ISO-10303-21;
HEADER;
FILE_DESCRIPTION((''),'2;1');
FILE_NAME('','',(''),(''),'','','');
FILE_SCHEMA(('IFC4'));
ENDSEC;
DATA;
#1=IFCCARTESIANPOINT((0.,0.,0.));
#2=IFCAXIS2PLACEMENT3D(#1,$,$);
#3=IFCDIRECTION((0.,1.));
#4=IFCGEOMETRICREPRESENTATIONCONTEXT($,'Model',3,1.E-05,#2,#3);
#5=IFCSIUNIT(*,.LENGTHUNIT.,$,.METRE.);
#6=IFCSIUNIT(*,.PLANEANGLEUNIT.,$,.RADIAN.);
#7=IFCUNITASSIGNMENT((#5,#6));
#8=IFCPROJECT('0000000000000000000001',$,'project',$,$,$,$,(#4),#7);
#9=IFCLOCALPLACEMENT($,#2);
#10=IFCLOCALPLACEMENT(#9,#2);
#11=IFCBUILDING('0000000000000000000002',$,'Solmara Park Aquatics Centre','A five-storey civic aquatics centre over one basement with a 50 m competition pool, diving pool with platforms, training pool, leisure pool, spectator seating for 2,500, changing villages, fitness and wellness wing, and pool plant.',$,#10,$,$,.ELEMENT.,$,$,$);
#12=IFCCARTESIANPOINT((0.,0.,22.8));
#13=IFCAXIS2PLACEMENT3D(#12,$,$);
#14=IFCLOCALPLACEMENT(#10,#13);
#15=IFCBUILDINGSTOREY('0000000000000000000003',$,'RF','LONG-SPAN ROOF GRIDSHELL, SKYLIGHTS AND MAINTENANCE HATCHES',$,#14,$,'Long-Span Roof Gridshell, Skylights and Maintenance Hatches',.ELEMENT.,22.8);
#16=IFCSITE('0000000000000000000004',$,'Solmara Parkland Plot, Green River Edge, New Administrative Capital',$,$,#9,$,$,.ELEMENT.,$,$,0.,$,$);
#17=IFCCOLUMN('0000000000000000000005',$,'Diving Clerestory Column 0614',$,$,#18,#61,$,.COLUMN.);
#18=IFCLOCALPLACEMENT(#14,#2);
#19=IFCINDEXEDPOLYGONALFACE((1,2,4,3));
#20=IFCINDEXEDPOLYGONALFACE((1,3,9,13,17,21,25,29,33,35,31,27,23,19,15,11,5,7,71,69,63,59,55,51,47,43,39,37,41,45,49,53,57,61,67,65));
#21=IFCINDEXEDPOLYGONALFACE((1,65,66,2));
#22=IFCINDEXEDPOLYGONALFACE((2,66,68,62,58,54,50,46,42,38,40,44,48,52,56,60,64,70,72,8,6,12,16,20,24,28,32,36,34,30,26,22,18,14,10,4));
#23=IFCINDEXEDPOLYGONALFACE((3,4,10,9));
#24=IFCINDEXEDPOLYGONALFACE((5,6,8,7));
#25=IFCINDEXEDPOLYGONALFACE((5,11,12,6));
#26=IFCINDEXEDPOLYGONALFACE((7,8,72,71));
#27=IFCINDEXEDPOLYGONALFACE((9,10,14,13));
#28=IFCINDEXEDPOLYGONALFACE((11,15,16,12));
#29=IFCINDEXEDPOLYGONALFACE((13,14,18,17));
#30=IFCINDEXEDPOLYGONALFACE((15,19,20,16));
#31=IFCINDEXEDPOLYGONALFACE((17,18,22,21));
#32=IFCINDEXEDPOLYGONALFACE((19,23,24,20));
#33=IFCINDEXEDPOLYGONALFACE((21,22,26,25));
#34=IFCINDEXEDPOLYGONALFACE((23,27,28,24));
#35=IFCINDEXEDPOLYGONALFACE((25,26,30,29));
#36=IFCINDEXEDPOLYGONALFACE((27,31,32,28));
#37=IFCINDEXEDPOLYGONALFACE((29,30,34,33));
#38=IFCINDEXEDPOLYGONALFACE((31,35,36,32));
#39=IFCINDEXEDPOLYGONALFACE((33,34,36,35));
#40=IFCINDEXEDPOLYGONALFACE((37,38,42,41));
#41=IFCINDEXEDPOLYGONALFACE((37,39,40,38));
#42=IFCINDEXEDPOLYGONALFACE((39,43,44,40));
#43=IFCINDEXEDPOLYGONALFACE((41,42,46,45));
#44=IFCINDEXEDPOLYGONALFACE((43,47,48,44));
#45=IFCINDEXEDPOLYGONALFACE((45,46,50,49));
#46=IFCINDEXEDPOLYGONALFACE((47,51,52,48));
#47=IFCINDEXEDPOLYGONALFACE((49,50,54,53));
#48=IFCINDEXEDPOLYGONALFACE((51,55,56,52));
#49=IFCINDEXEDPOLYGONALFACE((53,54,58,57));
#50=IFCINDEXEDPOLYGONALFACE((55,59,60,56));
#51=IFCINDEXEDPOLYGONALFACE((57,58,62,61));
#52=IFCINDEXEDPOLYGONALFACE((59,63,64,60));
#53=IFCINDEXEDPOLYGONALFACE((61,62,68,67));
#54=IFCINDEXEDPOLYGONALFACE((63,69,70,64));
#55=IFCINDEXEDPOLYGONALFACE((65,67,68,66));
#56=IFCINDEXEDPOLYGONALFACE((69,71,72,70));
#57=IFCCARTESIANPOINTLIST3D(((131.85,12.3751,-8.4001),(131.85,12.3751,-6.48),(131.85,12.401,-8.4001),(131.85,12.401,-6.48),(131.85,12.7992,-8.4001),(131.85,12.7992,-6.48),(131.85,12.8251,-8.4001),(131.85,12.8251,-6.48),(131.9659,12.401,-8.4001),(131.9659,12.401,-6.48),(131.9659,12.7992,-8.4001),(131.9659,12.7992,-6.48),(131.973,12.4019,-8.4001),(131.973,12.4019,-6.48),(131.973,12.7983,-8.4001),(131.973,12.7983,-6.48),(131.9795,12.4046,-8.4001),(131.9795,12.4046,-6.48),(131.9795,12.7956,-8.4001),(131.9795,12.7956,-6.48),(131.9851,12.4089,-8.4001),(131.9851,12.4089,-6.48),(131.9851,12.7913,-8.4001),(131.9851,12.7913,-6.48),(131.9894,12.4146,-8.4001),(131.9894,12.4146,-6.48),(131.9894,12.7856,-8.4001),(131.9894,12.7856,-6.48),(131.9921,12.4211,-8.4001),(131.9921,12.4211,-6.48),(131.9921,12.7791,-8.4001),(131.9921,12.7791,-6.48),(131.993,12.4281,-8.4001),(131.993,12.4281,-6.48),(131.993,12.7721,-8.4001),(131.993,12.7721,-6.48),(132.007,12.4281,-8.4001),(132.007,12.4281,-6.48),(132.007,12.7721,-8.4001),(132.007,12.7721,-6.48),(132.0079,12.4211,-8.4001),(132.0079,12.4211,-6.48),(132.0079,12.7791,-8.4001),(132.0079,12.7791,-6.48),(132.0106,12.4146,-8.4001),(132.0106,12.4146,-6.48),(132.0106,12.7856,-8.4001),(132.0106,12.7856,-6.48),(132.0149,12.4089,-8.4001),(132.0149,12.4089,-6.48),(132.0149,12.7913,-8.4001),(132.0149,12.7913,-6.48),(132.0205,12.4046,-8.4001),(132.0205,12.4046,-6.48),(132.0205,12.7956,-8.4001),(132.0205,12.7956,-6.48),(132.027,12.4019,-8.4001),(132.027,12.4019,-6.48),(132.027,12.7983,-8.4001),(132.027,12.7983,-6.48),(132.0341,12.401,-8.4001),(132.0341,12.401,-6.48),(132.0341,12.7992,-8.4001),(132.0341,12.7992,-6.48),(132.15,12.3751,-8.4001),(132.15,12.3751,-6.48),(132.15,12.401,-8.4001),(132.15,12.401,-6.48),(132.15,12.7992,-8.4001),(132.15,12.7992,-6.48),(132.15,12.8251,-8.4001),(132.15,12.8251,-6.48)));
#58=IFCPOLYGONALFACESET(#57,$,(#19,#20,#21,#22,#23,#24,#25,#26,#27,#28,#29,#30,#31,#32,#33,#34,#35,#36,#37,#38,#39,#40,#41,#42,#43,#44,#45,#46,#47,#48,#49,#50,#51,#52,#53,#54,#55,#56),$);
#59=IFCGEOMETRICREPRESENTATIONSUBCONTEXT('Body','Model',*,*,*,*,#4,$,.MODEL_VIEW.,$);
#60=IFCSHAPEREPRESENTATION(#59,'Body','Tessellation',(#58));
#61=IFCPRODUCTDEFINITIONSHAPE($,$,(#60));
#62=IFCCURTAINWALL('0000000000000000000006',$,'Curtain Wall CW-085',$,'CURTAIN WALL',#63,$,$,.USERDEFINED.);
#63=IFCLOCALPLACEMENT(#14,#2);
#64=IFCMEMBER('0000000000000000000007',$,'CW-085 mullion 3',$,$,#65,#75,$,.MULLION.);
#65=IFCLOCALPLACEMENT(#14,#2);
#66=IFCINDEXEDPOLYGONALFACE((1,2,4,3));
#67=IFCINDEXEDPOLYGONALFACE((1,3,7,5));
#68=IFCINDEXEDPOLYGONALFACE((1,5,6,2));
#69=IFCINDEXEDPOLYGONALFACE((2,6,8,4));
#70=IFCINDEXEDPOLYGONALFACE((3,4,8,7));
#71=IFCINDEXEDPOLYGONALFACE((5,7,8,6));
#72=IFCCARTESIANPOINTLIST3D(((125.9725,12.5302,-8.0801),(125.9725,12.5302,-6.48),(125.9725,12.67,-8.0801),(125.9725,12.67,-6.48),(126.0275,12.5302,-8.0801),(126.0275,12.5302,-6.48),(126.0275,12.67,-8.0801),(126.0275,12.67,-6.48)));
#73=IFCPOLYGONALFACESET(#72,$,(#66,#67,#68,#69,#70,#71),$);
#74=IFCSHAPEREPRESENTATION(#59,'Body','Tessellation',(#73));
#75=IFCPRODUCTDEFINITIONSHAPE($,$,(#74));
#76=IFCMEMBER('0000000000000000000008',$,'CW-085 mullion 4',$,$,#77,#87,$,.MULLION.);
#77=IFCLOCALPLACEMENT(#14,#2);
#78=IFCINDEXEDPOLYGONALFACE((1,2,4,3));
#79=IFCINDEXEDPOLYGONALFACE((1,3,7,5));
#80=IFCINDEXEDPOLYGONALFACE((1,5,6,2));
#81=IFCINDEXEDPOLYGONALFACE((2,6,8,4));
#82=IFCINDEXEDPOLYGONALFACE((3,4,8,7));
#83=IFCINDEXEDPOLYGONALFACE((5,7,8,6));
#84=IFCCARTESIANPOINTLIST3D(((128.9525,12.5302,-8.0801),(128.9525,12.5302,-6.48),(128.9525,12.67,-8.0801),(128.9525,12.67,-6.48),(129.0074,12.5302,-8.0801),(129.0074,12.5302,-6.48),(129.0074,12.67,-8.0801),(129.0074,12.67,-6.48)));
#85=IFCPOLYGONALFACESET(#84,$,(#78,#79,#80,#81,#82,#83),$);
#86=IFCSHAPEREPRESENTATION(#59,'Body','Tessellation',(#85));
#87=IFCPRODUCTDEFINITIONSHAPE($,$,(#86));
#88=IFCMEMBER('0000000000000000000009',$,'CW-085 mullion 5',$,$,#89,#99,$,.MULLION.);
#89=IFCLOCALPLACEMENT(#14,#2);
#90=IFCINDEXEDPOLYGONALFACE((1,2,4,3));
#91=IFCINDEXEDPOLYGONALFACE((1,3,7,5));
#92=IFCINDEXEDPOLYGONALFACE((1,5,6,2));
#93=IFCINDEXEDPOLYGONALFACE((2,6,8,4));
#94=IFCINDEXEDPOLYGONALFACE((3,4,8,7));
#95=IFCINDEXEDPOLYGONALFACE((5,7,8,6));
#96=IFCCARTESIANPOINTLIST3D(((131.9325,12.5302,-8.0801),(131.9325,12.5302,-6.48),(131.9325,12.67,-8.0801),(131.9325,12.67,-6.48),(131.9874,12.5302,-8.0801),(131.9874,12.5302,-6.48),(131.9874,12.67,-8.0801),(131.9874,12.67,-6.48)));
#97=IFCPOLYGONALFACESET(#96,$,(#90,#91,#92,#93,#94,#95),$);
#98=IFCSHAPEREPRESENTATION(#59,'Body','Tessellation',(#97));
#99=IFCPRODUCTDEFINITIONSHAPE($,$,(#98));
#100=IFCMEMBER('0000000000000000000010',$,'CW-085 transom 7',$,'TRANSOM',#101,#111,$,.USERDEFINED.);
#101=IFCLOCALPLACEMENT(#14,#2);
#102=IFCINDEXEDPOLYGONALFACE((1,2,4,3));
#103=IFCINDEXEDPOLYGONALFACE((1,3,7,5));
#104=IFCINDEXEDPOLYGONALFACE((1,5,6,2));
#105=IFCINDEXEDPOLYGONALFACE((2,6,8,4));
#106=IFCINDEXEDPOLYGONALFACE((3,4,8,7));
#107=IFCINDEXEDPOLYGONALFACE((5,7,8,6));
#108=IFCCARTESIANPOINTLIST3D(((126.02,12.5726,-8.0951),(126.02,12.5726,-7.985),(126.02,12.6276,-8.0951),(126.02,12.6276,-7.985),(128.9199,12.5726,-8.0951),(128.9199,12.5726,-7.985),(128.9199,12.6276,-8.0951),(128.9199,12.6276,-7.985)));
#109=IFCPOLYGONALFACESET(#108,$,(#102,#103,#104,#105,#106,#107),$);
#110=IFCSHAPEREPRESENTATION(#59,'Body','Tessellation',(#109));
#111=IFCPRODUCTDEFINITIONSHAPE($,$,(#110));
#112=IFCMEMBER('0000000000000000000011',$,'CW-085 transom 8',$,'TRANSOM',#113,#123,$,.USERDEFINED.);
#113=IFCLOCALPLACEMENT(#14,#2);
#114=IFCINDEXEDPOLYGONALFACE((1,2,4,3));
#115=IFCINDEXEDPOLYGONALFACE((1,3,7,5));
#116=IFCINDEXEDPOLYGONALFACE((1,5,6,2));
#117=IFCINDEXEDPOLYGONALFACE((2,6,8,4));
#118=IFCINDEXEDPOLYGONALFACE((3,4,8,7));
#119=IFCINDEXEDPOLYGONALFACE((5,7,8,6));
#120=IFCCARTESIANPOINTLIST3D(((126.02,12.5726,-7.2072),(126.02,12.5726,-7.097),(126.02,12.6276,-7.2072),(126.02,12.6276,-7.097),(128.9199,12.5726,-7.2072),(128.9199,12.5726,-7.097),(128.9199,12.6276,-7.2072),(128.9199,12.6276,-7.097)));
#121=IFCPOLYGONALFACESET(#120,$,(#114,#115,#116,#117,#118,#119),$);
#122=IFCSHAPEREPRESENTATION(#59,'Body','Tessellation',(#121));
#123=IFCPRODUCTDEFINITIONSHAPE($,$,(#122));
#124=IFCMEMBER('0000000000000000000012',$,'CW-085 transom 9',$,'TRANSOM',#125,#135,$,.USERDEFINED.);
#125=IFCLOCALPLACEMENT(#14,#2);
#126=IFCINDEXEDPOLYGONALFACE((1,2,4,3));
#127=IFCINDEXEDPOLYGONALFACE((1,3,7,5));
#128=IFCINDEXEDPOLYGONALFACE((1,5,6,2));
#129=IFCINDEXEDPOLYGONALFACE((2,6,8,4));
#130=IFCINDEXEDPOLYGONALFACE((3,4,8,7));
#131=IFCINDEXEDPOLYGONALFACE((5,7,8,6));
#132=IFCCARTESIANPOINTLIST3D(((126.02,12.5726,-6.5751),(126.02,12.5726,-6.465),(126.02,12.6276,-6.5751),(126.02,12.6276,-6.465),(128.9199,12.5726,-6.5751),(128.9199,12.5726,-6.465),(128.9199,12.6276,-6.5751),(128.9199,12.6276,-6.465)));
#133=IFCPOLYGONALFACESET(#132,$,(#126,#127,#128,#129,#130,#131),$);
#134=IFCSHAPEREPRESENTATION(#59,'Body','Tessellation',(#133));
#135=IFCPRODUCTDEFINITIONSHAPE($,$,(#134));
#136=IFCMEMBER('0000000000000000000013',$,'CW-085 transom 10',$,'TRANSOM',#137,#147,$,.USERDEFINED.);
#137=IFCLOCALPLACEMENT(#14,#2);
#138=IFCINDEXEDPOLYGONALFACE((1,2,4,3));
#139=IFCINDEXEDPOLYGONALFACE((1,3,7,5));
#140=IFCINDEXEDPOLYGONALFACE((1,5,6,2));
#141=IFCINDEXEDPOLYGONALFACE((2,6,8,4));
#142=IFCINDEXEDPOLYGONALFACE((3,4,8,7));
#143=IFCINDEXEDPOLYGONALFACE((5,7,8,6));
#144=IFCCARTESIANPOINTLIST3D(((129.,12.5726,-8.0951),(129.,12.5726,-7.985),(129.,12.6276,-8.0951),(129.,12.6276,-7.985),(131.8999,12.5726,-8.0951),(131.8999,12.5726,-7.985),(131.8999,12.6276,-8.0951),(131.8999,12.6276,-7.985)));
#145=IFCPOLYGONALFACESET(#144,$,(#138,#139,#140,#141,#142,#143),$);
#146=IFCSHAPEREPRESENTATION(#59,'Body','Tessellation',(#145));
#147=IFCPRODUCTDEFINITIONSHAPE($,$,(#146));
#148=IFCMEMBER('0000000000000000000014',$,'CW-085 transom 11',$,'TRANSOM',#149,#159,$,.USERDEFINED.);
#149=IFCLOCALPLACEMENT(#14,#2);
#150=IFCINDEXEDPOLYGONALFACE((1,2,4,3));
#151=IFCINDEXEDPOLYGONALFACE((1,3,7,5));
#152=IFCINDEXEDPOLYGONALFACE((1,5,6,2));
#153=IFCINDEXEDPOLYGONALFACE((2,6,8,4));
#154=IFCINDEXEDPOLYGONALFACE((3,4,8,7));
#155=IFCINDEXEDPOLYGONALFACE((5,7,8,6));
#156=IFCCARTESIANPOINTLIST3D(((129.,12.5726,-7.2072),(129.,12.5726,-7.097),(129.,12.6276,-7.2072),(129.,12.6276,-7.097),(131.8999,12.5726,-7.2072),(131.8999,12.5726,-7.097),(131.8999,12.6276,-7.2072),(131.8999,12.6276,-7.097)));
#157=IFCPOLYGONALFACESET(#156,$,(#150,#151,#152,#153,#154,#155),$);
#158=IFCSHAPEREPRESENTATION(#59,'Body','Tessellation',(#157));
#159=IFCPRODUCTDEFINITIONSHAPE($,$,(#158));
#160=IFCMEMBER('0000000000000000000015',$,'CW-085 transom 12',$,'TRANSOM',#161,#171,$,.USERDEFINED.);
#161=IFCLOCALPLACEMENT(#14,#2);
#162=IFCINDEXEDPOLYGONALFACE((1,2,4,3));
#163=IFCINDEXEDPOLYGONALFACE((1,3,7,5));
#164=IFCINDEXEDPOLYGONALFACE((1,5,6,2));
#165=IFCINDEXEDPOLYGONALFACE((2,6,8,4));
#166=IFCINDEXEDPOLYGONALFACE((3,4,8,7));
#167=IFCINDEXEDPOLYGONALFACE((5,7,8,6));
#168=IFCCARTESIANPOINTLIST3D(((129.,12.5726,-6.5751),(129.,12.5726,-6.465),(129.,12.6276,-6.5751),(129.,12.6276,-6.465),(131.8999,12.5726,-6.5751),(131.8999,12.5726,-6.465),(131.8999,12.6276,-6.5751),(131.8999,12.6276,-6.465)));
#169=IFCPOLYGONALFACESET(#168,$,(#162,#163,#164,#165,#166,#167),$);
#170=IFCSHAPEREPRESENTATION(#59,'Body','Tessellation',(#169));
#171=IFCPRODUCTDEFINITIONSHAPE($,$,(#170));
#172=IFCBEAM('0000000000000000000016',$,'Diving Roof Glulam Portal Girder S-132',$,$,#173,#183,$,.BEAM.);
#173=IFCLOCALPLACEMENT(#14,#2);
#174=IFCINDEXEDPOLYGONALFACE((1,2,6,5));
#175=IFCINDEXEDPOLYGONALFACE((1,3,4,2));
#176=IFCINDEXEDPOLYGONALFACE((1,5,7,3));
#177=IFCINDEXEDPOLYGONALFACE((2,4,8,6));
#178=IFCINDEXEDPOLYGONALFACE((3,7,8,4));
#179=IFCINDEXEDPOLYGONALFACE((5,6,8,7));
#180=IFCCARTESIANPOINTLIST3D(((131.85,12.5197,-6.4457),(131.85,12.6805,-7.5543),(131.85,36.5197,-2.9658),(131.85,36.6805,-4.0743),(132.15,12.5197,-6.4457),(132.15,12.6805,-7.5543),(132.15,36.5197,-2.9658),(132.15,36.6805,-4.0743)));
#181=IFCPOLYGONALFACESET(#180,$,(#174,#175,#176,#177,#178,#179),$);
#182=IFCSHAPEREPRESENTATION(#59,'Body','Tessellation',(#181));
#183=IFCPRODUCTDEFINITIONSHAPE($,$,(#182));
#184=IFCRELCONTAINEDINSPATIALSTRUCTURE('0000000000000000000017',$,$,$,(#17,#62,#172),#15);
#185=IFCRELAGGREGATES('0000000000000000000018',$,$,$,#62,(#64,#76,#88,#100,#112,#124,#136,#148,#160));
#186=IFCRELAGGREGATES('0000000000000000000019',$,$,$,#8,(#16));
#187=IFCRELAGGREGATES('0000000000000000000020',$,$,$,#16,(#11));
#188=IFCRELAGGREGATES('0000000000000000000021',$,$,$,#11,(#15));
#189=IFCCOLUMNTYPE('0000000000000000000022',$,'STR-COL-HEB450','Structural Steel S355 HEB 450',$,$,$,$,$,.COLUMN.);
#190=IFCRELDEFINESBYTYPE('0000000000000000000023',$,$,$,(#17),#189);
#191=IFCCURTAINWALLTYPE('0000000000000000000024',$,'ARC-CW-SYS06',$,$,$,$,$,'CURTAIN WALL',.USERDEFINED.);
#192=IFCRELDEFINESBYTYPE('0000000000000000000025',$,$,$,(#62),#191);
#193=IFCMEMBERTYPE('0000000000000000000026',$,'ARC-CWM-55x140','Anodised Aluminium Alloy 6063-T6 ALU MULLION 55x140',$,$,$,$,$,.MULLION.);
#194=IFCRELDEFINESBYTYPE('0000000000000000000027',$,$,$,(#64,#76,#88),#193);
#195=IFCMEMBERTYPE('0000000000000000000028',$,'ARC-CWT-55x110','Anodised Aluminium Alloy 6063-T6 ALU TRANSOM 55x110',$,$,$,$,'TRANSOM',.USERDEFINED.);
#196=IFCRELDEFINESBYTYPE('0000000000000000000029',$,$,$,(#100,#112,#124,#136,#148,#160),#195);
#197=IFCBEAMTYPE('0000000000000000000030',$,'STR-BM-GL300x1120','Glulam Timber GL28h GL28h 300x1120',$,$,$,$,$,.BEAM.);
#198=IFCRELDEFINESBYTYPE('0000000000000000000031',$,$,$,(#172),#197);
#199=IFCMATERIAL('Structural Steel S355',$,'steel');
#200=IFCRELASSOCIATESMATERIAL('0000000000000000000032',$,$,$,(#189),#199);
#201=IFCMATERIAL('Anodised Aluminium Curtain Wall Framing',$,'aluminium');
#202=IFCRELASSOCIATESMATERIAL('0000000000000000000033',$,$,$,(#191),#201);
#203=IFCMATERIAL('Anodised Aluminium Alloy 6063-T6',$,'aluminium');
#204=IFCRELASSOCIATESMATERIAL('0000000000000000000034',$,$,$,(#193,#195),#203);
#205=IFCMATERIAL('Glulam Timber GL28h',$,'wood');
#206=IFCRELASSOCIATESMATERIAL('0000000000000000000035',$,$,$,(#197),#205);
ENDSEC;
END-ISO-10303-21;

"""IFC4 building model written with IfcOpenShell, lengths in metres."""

from ifc_helpers import new_model, si_unit, direction, frame, origin, origin_2d, place, context, subcontext, project, spatial, rectangle, i_section, extrude, material, material_profile, profile_set, type_object, element, aggregate, save


model = new_model("IFC4")

# Units and contexts
model_context = context("Model", 3, precision=1e-05, world=origin(), true_north=direction((0.0, 1.0)))
body_context = subcontext(model_context, "Body", "Model", "MODEL_VIEW")
ifc_project = project(units=[si_unit("LENGTHUNIT", "METRE"), si_unit("PLANEANGLEUNIT", "RADIAN")], contexts=[model_context])

# Site, building, storey
site_placement = place(None, origin())
site = spatial("IfcSite", under=ifc_project, at=site_placement, Name="Solmara Parkland Plot, Green River Edge, New Administrative Capital", CompositionType="ELEMENT", RefElevation=0.0)
building_placement = place(site_placement, origin())
building = spatial("IfcBuilding", under=site, at=building_placement, Name="Solmara Park Aquatics Centre", Description="A five-storey civic aquatics centre over one basement with a 50 m competition pool, diving pool with platforms, training pool, leisure pool, spectator seating for 2,500, changing villages, fitness and wellness wing, and pool plant.", CompositionType="ELEMENT")
storey_placement = place(building_placement, frame((0.0, 0.0, 22.8)))
storey = spatial("IfcBuildingStorey", under=building, at=storey_placement, Name="RF", Description="LONG-SPAN ROOF GRIDSHELL, SKYLIGHTS AND MAINTENANCE HATCHES", LongName="Long-Span Roof Gridshell, Skylights and Maintenance Hatches", CompositionType="ELEMENT", Elevation=22.8)

# Column
ifc_material_1 = material(Name="Structural Steel S355", Category="steel")
ifc_material_profile_1 = material_profile(ifc_material_1, i_section(OverallWidth=0.3, OverallDepth=0.45, WebThickness=0.0139, FlangeThickness=0.0259, FilletRadius=0.0271, at=origin_2d()), Name="HEB 450")
ifc_profile_set_1 = profile_set([ifc_material_profile_1], Name="Structural Steel S355")
column_type = type_object("IfcColumnType", Name="STR-COL-HEB450", Description="Structural Steel S355 HEB 450", PredefinedType="COLUMN", material=ifc_profile_set_1)
column_placement = place(storey_placement, frame((132.0, 12.6001, -8.4001), z_axis=(0.0, 0.0, 1.0), x_axis=(1.0, 0.0, 0.0)))
element("IfcColumn", 1, at=column_placement, inside=storey, type_object=column_type, Name="Diving Clerestory Column 0614", PredefinedType="COLUMN", context=body_context, shape_type="SweptSolid", body=[
    extrude(i_section(OverallWidth=0.3, OverallDepth=0.45, WebThickness=0.0139, FlangeThickness=0.0259, FilletRadius=0.0271, at=origin_2d()), origin(), (0.0, 0.0, 1.0), 1.9202),
])

# Curtain wall, members
ifc_material_2 = material(Name="Anodised Aluminium Curtain Wall Framing", Category="aluminium")
curtain_wall_type = type_object("IfcCurtainWallType", Name="ARC-CW-SYS06", ElementType="CURTAIN WALL", PredefinedType="USERDEFINED", material=ifc_material_2)
curtain_wall_placement = place(storey_placement, origin())
curtain_wall = element("IfcCurtainWall", 2, at=curtain_wall_placement, inside=storey, type_object=curtain_wall_type, Name="Curtain Wall CW-085", ObjectType="CURTAIN WALL", PredefinedType="USERDEFINED")
ifc_material_3 = material(Name="Anodised Aluminium Alloy 6063-T6", Category="aluminium")
ifc_material_profile_2 = material_profile(ifc_material_3, rectangle(XDim=0.0549, YDim=0.1399, at=origin_2d()), Name="ALU MULLION 55x140")
ifc_profile_set_2 = profile_set([ifc_material_profile_2], Name="Anodised Aluminium Alloy 6063-T6")
member_type_1 = type_object("IfcMemberType", Name="ARC-CWM-55x140", Description="Anodised Aluminium Alloy 6063-T6 ALU MULLION 55x140", PredefinedType="MULLION", material=ifc_profile_set_2)
member_1_placement = place(storey_placement, frame((126.0, 12.6001, -8.0801), z_axis=(0.0, 0.0, 1.0), x_axis=(1.0, 0.0, 0.0)))
member_1 = element("IfcMember", 3, at=member_1_placement, type_object=member_type_1, Name="CW-085 mullion 3", PredefinedType="MULLION", context=body_context, shape_type="SweptSolid", body=[
    extrude(rectangle(XDim=0.0549, YDim=0.1399, at=origin_2d()), origin(), (0.0, 0.0, 1.0), 1.6001),
])
member_2_placement = place(storey_placement, frame((128.98, 12.6001, -8.0801), z_axis=(0.0, 0.0, 1.0), x_axis=(1.0, 0.0, 0.0)))
member_2 = element("IfcMember", 4, at=member_2_placement, type_object=member_type_1, Name="CW-085 mullion 4", PredefinedType="MULLION", context=body_context, shape_type="SweptSolid", body=[
    extrude(rectangle(XDim=0.0549, YDim=0.1399, at=origin_2d()), origin(), (0.0, 0.0, 1.0), 1.6001),
])
member_3_placement = place(storey_placement, frame((131.96, 12.6001, -8.0801), z_axis=(0.0, 0.0, 1.0), x_axis=(1.0, 0.0, 0.0)))
member_3 = element("IfcMember", 5, at=member_3_placement, type_object=member_type_1, Name="CW-085 mullion 5", PredefinedType="MULLION", context=body_context, shape_type="SweptSolid", body=[
    extrude(rectangle(XDim=0.0549, YDim=0.1399, at=origin_2d()), origin(), (0.0, 0.0, 1.0), 1.6001),
])
ifc_material_profile_3 = material_profile(ifc_material_3, rectangle(XDim=0.0549, YDim=0.1101, at=origin_2d()), Name="ALU TRANSOM 55x110")
ifc_profile_set_3 = profile_set([ifc_material_profile_3], Name="Anodised Aluminium Alloy 6063-T6")
member_type_2 = type_object("IfcMemberType", Name="ARC-CWT-55x110", Description="Anodised Aluminium Alloy 6063-T6 ALU TRANSOM 55x110", ElementType="TRANSOM", PredefinedType="USERDEFINED", material=ifc_profile_set_3)
member_4_placement = place(storey_placement, frame((126.02, 12.6001, -8.04), z_axis=(1.0, 0.0, 0.0), x_axis=(0.0, 1.0, 0.0)))
member_4 = element("IfcMember", 6, at=member_4_placement, type_object=member_type_2, Name="CW-085 transom 7", ObjectType="TRANSOM", PredefinedType="USERDEFINED", context=body_context, shape_type="SweptSolid", body=[
    extrude(rectangle(XDim=0.0549, YDim=0.1101, at=origin_2d()), origin(), (0.0, 0.0, 1.0), 2.8999),
])
member_5_placement = place(storey_placement, frame((126.02, 12.6001, -7.1521), z_axis=(1.0, 0.0, 0.0), x_axis=(0.0, 1.0, 0.0)))
member_5 = element("IfcMember", 7, at=member_5_placement, type_object=member_type_2, Name="CW-085 transom 8", ObjectType="TRANSOM", PredefinedType="USERDEFINED", context=body_context, shape_type="SweptSolid", body=[
    extrude(rectangle(XDim=0.0549, YDim=0.1101, at=origin_2d()), origin(), (0.0, 0.0, 1.0), 2.8999),
])
member_6_placement = place(storey_placement, frame((126.02, 12.6001, -6.52), z_axis=(1.0, 0.0, 0.0), x_axis=(0.0, 1.0, 0.0)))
member_6 = element("IfcMember", 8, at=member_6_placement, type_object=member_type_2, Name="CW-085 transom 9", ObjectType="TRANSOM", PredefinedType="USERDEFINED", context=body_context, shape_type="SweptSolid", body=[
    extrude(rectangle(XDim=0.0549, YDim=0.1101, at=origin_2d()), origin(), (0.0, 0.0, 1.0), 2.8999),
])
member_7_placement = place(storey_placement, frame((129.0, 12.6001, -8.04), z_axis=(1.0, 0.0, 0.0), x_axis=(0.0, 1.0, 0.0)))
member_7 = element("IfcMember", 9, at=member_7_placement, type_object=member_type_2, Name="CW-085 transom 10", ObjectType="TRANSOM", PredefinedType="USERDEFINED", context=body_context, shape_type="SweptSolid", body=[
    extrude(rectangle(XDim=0.0549, YDim=0.1101, at=origin_2d()), origin(), (0.0, 0.0, 1.0), 2.8999),
])
member_8_placement = place(storey_placement, frame((129.0, 12.6001, -7.1521), z_axis=(1.0, 0.0, 0.0), x_axis=(0.0, 1.0, 0.0)))
member_8 = element("IfcMember", 10, at=member_8_placement, type_object=member_type_2, Name="CW-085 transom 11", ObjectType="TRANSOM", PredefinedType="USERDEFINED", context=body_context, shape_type="SweptSolid", body=[
    extrude(rectangle(XDim=0.0549, YDim=0.1101, at=origin_2d()), origin(), (0.0, 0.0, 1.0), 2.8999),
])
member_9_placement = place(storey_placement, frame((129.0, 12.6001, -6.52), z_axis=(1.0, 0.0, 0.0), x_axis=(0.0, 1.0, 0.0)))
member_9 = element("IfcMember", 11, at=member_9_placement, type_object=member_type_2, Name="CW-085 transom 12", ObjectType="TRANSOM", PredefinedType="USERDEFINED", context=body_context, shape_type="SweptSolid", body=[
    extrude(rectangle(XDim=0.0549, YDim=0.1101, at=origin_2d()), origin(), (0.0, 0.0, 1.0), 2.8999),
])

# Beam
ifc_material_4 = material(Name="Glulam Timber GL28h", Category="wood")
ifc_material_profile_4 = material_profile(ifc_material_4, rectangle(XDim=0.3, YDim=1.1201, at=origin_2d()), Name="GL28h 300x1120")
ifc_profile_set_4 = profile_set([ifc_material_profile_4], Name="Glulam Timber GL28h")
beam_type = type_object("IfcBeamType", Name="STR-BM-GL300x1120", Description="Glulam Timber GL28h GL28h 300x1120", PredefinedType="BEAM", material=ifc_profile_set_4)
beam_placement = place(storey_placement, frame((132.0, 12.6001, -7.0), z_axis=(0.0, 0.989651, 0.143499), x_axis=(-1.0, 0.0, 0.0)))
element("IfcBeam", 12, at=beam_placement, inside=storey, type_object=beam_type, Name="Diving Roof Glulam Portal Girder S-132", PredefinedType="BEAM", context=body_context, shape_type="SweptSolid", body=[
    extrude(rectangle(XDim=0.3, YDim=1.1201, at=origin_2d()), origin(), (0.0, 0.0, 1.0), 24.251),
])

aggregate(curtain_wall, [member_1, member_2, member_3, member_4, member_5, member_6, member_7, member_8, member_9])

save(model, "model.ifc")
